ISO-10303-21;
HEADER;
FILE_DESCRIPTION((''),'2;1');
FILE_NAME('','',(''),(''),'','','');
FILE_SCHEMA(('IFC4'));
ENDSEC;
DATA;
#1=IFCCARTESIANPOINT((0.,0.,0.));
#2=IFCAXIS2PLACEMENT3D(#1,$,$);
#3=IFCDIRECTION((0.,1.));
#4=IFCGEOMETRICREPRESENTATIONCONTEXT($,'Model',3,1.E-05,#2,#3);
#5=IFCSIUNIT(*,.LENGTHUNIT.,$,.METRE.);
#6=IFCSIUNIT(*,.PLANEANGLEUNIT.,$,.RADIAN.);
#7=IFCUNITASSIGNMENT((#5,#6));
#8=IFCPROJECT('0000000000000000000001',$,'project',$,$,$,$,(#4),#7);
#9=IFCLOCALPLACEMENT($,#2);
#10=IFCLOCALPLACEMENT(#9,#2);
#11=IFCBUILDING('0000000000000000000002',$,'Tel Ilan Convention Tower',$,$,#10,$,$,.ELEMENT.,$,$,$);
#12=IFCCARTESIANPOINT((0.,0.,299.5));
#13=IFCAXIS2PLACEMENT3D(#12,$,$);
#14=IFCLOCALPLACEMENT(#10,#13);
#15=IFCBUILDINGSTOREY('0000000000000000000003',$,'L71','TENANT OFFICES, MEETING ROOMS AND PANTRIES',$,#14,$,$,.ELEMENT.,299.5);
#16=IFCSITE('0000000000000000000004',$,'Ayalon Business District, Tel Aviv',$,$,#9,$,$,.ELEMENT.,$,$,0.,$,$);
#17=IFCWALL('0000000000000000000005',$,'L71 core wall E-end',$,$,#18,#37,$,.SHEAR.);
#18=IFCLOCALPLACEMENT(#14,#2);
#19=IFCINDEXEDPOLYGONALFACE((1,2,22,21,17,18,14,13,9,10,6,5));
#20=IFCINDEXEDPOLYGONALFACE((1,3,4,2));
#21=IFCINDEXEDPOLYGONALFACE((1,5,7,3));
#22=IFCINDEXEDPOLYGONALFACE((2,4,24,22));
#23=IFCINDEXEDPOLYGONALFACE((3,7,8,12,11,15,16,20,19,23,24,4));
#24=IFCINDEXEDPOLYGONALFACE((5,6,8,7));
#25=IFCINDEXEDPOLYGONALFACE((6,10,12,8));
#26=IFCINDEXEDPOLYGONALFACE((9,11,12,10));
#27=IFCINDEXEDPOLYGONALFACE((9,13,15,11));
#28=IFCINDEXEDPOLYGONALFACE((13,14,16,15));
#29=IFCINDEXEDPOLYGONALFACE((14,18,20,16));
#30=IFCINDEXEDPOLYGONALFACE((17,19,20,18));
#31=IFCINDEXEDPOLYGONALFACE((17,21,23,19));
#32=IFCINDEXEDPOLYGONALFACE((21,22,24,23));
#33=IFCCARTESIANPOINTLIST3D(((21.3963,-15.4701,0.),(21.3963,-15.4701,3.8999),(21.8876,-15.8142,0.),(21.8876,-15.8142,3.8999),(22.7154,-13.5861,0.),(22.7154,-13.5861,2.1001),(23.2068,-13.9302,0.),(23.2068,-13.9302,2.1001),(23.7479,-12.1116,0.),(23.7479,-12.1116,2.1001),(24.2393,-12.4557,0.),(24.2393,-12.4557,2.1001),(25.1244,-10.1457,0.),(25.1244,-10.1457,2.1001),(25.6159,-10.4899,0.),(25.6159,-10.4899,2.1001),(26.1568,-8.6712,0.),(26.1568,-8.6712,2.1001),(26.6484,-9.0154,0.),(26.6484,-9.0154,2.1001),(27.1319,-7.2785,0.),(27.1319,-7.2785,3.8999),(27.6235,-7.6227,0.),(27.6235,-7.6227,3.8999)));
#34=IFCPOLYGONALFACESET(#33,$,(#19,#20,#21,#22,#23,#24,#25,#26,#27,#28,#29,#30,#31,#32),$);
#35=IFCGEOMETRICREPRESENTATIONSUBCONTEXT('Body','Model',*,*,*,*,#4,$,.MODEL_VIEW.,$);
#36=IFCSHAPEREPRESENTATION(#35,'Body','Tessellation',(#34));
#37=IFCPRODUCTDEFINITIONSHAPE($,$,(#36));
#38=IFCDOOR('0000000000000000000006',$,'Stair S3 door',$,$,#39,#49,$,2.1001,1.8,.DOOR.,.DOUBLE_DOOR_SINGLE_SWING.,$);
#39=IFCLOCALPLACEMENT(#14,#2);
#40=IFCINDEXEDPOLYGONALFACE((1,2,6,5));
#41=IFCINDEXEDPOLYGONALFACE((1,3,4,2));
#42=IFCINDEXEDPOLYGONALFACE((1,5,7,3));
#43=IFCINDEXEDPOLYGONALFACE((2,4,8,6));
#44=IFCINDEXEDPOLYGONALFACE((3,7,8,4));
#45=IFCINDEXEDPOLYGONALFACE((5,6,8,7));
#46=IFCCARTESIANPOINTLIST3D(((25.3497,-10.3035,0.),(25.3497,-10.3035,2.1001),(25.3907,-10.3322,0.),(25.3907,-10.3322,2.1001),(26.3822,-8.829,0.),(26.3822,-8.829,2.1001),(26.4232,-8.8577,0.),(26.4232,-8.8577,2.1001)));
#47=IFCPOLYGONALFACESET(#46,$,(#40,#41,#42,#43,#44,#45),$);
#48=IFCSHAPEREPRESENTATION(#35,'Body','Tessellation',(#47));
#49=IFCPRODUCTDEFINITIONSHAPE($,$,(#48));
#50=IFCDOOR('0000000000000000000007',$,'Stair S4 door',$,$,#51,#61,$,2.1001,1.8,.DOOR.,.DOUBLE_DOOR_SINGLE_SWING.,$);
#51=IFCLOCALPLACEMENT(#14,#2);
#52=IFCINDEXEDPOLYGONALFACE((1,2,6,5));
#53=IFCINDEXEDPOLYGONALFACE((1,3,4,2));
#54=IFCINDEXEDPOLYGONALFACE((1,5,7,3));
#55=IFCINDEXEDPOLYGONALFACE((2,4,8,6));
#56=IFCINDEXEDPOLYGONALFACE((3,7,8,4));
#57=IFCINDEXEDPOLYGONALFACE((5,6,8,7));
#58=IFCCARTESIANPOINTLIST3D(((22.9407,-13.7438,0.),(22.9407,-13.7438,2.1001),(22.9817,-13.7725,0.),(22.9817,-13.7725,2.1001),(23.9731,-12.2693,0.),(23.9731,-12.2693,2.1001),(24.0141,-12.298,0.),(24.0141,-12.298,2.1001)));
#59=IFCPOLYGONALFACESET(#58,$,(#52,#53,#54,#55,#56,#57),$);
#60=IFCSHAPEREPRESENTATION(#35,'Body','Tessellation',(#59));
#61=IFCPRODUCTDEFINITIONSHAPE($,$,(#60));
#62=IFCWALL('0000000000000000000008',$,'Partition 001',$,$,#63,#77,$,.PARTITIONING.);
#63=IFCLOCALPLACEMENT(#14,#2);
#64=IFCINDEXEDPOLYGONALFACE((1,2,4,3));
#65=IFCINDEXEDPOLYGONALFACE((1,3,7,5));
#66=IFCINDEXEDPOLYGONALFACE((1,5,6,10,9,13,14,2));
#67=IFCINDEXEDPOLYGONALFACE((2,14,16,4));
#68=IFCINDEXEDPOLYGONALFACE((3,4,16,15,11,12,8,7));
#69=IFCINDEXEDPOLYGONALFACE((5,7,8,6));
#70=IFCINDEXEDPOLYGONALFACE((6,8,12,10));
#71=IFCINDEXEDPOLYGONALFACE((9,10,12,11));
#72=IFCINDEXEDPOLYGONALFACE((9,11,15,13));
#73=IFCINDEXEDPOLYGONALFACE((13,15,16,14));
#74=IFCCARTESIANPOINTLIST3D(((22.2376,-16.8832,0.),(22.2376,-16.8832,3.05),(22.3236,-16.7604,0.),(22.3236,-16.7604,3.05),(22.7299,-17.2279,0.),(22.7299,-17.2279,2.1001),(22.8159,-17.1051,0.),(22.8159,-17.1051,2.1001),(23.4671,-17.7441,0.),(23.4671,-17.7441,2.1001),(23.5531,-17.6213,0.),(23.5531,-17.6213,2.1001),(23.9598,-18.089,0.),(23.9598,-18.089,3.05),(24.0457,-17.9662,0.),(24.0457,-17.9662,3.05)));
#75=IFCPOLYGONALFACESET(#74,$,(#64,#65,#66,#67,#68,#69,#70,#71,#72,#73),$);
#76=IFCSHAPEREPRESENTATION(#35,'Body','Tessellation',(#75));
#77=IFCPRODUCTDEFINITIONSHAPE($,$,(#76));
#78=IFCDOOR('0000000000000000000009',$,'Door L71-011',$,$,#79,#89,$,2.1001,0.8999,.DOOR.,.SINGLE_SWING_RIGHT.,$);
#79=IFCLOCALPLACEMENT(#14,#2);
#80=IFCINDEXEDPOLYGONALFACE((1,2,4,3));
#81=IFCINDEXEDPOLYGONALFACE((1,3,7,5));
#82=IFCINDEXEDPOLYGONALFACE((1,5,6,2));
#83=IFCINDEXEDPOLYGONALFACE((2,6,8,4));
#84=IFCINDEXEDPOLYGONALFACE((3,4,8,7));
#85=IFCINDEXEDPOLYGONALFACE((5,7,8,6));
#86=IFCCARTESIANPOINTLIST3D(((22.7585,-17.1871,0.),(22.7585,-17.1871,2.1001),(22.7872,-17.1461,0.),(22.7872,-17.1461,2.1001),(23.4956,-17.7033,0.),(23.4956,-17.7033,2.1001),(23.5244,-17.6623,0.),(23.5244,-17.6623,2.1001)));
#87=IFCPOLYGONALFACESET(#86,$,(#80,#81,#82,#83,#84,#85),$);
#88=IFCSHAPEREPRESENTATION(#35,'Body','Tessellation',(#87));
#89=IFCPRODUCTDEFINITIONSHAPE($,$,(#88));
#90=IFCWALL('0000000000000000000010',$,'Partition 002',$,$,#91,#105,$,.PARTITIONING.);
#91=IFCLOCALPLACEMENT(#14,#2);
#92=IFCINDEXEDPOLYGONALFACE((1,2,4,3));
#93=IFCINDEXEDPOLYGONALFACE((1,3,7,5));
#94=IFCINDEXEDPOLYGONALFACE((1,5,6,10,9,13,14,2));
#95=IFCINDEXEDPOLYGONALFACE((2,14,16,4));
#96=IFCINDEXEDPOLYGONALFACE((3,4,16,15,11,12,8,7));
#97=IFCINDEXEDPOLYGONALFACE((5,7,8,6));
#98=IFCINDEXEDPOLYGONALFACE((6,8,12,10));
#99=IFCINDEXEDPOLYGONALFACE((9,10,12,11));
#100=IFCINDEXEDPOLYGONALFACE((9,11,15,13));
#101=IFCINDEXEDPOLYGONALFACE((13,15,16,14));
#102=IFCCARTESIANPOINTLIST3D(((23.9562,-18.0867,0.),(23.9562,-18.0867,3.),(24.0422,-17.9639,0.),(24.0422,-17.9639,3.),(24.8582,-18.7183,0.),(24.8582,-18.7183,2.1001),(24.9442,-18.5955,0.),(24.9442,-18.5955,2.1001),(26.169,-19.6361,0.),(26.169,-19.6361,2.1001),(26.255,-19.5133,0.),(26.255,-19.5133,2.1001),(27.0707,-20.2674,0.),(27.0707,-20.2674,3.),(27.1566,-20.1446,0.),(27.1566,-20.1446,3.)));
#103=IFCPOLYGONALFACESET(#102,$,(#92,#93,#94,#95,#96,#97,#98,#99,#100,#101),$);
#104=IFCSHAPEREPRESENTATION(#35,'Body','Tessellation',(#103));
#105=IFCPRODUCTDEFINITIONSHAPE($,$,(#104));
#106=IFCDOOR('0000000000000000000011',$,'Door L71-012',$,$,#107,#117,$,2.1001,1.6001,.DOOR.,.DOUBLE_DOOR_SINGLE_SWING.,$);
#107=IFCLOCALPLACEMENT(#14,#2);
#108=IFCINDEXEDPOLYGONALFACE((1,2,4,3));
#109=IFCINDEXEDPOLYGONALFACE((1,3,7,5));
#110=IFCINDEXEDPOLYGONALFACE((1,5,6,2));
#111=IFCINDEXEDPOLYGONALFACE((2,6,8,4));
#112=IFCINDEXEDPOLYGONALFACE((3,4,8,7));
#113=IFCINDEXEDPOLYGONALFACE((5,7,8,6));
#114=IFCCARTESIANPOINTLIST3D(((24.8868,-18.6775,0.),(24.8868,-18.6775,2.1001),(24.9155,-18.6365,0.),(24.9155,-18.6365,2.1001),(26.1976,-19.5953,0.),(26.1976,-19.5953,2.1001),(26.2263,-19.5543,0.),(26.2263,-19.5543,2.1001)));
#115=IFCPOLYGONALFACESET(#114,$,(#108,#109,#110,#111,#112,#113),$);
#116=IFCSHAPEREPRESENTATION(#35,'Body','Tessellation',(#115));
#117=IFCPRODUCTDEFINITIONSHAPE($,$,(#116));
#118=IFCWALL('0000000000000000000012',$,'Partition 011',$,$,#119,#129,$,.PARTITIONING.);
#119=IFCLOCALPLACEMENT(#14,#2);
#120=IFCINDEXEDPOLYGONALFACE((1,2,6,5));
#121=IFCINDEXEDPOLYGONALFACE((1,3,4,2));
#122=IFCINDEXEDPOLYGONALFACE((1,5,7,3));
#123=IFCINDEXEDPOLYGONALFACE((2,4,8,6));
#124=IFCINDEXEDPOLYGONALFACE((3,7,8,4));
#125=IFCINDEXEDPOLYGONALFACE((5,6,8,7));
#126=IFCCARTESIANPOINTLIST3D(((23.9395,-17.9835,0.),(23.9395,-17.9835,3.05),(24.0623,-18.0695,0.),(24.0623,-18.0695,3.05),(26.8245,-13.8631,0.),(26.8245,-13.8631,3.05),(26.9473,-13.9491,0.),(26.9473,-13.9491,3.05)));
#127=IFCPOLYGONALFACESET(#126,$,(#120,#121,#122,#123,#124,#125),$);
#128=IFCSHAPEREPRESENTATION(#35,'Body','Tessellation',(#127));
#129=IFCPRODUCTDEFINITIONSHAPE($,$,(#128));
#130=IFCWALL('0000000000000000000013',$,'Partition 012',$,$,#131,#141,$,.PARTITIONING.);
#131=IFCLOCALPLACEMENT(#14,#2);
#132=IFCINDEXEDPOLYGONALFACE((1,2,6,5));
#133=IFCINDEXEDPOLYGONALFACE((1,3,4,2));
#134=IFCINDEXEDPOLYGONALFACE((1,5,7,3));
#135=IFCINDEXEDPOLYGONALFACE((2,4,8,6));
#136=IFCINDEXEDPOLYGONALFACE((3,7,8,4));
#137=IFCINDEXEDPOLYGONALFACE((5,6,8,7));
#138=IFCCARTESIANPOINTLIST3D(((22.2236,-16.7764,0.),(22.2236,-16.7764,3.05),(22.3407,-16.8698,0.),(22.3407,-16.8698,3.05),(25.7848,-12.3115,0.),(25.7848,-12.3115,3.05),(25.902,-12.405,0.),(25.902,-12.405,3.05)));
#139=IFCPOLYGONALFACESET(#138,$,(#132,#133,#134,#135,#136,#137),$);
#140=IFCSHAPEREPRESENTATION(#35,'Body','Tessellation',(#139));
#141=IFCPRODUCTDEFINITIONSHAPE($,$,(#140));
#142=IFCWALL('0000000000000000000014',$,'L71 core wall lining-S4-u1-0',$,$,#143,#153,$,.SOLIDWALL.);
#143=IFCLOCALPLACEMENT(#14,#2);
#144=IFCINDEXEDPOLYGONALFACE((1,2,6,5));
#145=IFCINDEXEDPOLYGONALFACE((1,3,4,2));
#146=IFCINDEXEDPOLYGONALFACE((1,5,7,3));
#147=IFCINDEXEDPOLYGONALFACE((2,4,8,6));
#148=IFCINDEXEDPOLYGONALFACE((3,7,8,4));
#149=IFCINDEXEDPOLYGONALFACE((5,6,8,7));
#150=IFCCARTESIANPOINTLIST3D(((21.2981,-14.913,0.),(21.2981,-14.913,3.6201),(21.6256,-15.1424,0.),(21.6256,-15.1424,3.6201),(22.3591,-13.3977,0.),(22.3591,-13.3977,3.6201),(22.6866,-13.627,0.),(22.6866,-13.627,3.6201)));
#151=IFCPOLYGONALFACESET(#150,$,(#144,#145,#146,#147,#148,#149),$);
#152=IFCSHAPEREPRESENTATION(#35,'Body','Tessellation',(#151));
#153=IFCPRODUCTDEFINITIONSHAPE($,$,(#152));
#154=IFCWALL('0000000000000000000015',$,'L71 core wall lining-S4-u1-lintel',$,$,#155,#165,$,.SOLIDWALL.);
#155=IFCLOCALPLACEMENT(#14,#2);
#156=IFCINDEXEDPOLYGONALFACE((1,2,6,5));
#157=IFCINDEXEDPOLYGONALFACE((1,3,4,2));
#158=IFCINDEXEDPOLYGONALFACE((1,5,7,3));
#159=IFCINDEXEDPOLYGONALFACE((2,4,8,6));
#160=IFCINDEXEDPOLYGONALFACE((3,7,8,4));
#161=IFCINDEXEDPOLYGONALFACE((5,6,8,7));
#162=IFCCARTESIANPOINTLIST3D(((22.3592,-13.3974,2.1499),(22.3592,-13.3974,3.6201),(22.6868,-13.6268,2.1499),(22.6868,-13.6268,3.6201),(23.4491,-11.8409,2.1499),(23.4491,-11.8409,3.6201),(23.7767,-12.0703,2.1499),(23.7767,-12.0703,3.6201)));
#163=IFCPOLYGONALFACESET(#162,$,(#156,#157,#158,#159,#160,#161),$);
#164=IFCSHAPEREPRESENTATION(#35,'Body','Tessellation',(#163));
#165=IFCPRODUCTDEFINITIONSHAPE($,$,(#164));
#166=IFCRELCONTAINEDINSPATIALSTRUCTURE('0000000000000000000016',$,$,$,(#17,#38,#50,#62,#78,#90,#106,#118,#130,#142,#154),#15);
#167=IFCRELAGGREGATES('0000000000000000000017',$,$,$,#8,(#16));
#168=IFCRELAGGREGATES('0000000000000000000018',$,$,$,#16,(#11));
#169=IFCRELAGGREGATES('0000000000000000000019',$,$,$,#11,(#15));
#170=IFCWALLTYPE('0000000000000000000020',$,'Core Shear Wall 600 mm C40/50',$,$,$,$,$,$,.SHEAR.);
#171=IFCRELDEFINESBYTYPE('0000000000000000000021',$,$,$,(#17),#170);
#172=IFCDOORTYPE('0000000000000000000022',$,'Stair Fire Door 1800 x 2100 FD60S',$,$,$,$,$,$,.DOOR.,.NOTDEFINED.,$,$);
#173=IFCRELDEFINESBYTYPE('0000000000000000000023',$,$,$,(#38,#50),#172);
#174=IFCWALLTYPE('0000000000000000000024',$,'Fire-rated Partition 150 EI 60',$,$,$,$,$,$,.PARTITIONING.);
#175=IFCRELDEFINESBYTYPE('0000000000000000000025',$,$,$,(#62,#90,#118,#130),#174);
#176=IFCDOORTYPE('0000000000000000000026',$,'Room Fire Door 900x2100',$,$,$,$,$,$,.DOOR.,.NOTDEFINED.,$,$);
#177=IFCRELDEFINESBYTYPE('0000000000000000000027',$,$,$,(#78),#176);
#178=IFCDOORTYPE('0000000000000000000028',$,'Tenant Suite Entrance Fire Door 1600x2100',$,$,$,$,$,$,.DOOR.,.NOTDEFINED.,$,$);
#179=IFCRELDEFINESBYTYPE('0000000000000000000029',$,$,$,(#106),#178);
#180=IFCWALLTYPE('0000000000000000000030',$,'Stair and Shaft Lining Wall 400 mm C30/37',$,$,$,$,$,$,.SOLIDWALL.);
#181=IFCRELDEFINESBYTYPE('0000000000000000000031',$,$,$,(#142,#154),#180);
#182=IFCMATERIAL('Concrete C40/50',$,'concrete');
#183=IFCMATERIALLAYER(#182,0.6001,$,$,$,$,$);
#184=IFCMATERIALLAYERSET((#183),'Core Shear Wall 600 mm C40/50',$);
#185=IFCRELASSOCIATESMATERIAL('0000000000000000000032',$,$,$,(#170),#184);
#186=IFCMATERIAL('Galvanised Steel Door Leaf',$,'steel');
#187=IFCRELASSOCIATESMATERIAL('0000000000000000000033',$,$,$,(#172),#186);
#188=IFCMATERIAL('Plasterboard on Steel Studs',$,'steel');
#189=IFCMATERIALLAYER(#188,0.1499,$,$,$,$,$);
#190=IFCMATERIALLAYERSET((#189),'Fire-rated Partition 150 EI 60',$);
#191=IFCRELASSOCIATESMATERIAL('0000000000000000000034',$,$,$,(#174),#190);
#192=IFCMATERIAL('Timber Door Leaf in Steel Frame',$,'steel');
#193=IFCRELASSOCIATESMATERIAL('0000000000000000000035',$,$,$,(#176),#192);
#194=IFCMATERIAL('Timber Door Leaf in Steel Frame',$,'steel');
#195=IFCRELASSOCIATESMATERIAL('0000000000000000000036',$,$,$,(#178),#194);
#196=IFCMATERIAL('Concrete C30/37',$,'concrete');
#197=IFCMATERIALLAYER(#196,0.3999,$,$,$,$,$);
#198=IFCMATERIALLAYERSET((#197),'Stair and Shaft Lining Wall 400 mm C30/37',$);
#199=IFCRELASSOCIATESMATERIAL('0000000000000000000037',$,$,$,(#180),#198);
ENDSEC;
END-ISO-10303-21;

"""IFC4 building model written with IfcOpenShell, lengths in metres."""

from ifc_helpers import new_model, si_unit, direction, frame, frame_2d, origin, place, context, subcontext, project, spatial, polyline, rectangle, outline, extrude, material, layer, layer_set, type_object, element, fill, save


model = new_model("IFC4")

# Units and contexts
model_context = context("Model", 3, precision=1e-05, world=origin(), true_north=direction((0.0, 1.0)))
body_context = subcontext(model_context, "Body", "Model", "MODEL_VIEW")
ifc_project = project(units=[si_unit("LENGTHUNIT", "METRE"), si_unit("PLANEANGLEUNIT", "RADIAN")], contexts=[model_context])

# Site, building, storey
site_placement = place(None, origin())
site = spatial("IfcSite", under=ifc_project, at=site_placement, Name="Ayalon Business District, Tel Aviv", CompositionType="ELEMENT", RefElevation=0.0)
building_placement = place(site_placement, origin())
building = spatial("IfcBuilding", under=site, at=building_placement, Name="Tel Ilan Convention Tower", CompositionType="ELEMENT")
storey_placement = place(building_placement, frame((0.0, 0.0, 299.5)))
storey = spatial("IfcBuildingStorey", under=building, at=storey_placement, Name="L71", Description="TENANT OFFICES, MEETING ROOMS AND PANTRIES", CompositionType="ELEMENT", Elevation=299.5)

# Wall, openings, doors
ifc_material_1 = material(Name="Concrete C40/50", Category="concrete")
ifc_layer_1 = layer(ifc_material_1, 0.6001)
ifc_layer_set_1 = layer_set([ifc_layer_1], Name="Core Shear Wall 600 mm C40/50")
wall_type_1 = type_object("IfcWallType", Name="Core Shear Wall 600 mm C40/50", PredefinedType="SHEAR", material=ifc_layer_set_1)
wall_1_placement = place(storey_placement, frame((21.6418, -15.6421, 0.0), z_axis=(0.0, 0.0, 1.0), x_axis=(0.573587, 0.819145, 0.0)))
wall_1 = element("IfcWall", 1, at=wall_1_placement, inside=storey, type_object=wall_type_1, Name="L71 core wall E-end", PredefinedType="SHEAR", context=body_context, shape_type="SweptSolid", body=[
    extrude(outline(polyline([(10.0, 0.3), (0.0, 0.2998), (0.0, -0.3), (10.0, -0.3), (10.0, 0.3)])), origin(), (0.0, 0.0, 1.0), 3.8999),
])
opening_1_placement = place(wall_1_placement, frame((6.5, 0.0, 0.0)))
opening_1 = element("IfcOpeningElement", 2, at=opening_1_placement, cuts=wall_1, PredefinedType="OPENING", context=body_context, shape_type="SweptSolid", body=[
    extrude(rectangle(XDim=1.8, YDim=2.1001, at=frame_2d((0.8999, 1.05))), frame((0.0, 0.3101, 0.0), z_axis=(0.0, -1.0, 0.0), x_axis=(1.0, 0.0, 0.0)), (0.0, 0.0, 1.0), 0.6201),
])
opening_2_placement = place(wall_1_placement, frame((2.3, 0.0, 0.0)))
opening_2 = element("IfcOpeningElement", 3, at=opening_2_placement, cuts=wall_1, PredefinedType="OPENING", context=body_context, shape_type="SweptSolid", body=[
    extrude(rectangle(XDim=1.8, YDim=2.1001, at=frame_2d((0.8999, 1.05))), frame((0.0, 0.3101, 0.0), z_axis=(0.0, -1.0, 0.0), x_axis=(1.0, 0.0, 0.0)), (0.0, 0.0, 1.0), 0.6201),
])
ifc_material_2 = material(Name="Galvanised Steel Door Leaf", Category="steel")
door_type_1 = type_object("IfcDoorType", Name="Stair Fire Door 1800 x 2100 FD60S", OperationType="NOTDEFINED", PredefinedType="DOOR", material=ifc_material_2)
door_1_placement = place(opening_1_placement, origin())
door_1 = element("IfcDoor", 4, at=door_1_placement, inside=storey, type_object=door_type_1, Name="Stair S3 door", OperationType="DOUBLE_DOOR_SINGLE_SWING", OverallHeight=2.1001, OverallWidth=1.8, PredefinedType="DOOR", context=body_context, shape_type="SweptSolid", body=[
    extrude(rectangle(XDim=1.8, YDim=2.1001, at=frame_2d((0.8999, 1.05))), frame((0.0, 0.0249, 0.0), z_axis=(0.0, -1.0, 0.0), x_axis=(1.0, 0.0, 0.0)), (0.0, 0.0, 1.0), 0.05),
])
fill(opening_1, door_1)
door_2_placement = place(opening_2_placement, origin())
door_2 = element("IfcDoor", 5, at=door_2_placement, inside=storey, type_object=door_type_1, Name="Stair S4 door", OperationType="DOUBLE_DOOR_SINGLE_SWING", OverallHeight=2.1001, OverallWidth=1.8, PredefinedType="DOOR", context=body_context, shape_type="SweptSolid", body=[
    extrude(rectangle(XDim=1.8, YDim=2.1001, at=frame_2d((0.8999, 1.05))), frame((0.0, 0.0249, 0.0), z_axis=(0.0, -1.0, 0.0), x_axis=(1.0, 0.0, 0.0)), (0.0, 0.0, 1.0), 0.05),
])
fill(opening_2, door_2)

# Walls, openings, doors
ifc_material_3 = material(Name="Plasterboard on Steel Studs", Category="steel")
ifc_layer_2 = layer(ifc_material_3, 0.1499)
ifc_layer_set_2 = layer_set([ifc_layer_2], Name="Fire-rated Partition 150 EI 60")
wall_type_2 = type_object("IfcWallType", Name="Fire-rated Partition 150 EI 60", PredefinedType="PARTITIONING", material=ifc_layer_set_2)
wall_2_placement = place(storey_placement, frame((22.2805, -16.8218, 0.0), z_axis=(0.0, 0.0, 1.0), x_axis=(0.819166, -0.573556, 0.0)))
wall_2 = element("IfcWall", 6, at=wall_2_placement, inside=storey, type_object=wall_type_2, Name="Partition 001", PredefinedType="PARTITIONING", context=body_context, shape_type="SweptSolid", body=[
    extrude(rectangle(XDim=2.1023, YDim=0.1499, at=frame_2d((1.0513, 0.0))), origin(), (0.0, 0.0, 1.0), 3.05),
])
opening_3_placement = place(wall_2_placement, frame((0.6011, 0.0, 0.0)))
opening_3 = element("IfcOpeningElement", 7, at=opening_3_placement, cuts=wall_2, PredefinedType="OPENING", context=body_context, shape_type="SweptSolid", body=[
    extrude(rectangle(XDim=0.8999, YDim=2.1001, at=frame_2d((0.45, 1.05))), frame((0.0, 0.085, 0.0), z_axis=(0.0, -1.0, 0.0), x_axis=(1.0, 0.0, 0.0)), (0.0, 0.0, 1.0), 0.1699),
])
ifc_material_4 = material(Name="Timber Door Leaf in Steel Frame", Category="steel")
door_type_2 = type_object("IfcDoorType", Name="Room Fire Door 900x2100", OperationType="NOTDEFINED", PredefinedType="DOOR", material=ifc_material_4)
door_3_placement = place(opening_3_placement, origin())
door_3 = element("IfcDoor", 8, at=door_3_placement, inside=storey, type_object=door_type_2, Name="Door L71-011", OperationType="SINGLE_SWING_RIGHT", OverallHeight=2.1001, OverallWidth=0.8999, PredefinedType="DOOR", context=body_context, shape_type="SweptSolid", body=[
    extrude(rectangle(XDim=0.8999, YDim=2.1001, at=frame_2d((0.45, 1.05))), frame((0.0, 0.0249, 0.0), z_axis=(0.0, -1.0, 0.0), x_axis=(1.0, 0.0, 0.0)), (0.0, 0.0, 1.0), 0.05),
])
fill(opening_3, door_3)
wall_3_placement = place(storey_placement, frame((23.9993, -18.0254, 0.0), z_axis=(0.0, 0.0, 1.0), x_axis=(0.819169, -0.573553, 0.0)))
wall_3 = element("IfcWall", 9, at=wall_3_placement, inside=storey, type_object=wall_type_2, Name="Partition 002", PredefinedType="PARTITIONING", context=body_context, shape_type="SweptSolid", body=[
    extrude(rectangle(XDim=3.802, YDim=0.1499, at=frame_2d((1.9009, 0.0))), origin(), (0.0, 0.0, 1.0), 3.0),
])
opening_4_placement = place(wall_3_placement, frame((1.1011, 0.0, 0.0)))
opening_4 = element("IfcOpeningElement", 10, at=opening_4_placement, cuts=wall_3, PredefinedType="OPENING", context=body_context, shape_type="SweptSolid", body=[
    extrude(rectangle(XDim=1.6001, YDim=2.1001, at=frame_2d((0.8, 1.05))), frame((0.0, 0.085, 0.0), z_axis=(0.0, -1.0, 0.0), x_axis=(1.0, 0.0, 0.0)), (0.0, 0.0, 1.0), 0.1699),
])
ifc_material_5 = material(Name="Timber Door Leaf in Steel Frame", Category="steel")
door_type_3 = type_object("IfcDoorType", Name="Tenant Suite Entrance Fire Door 1600x2100", OperationType="NOTDEFINED", PredefinedType="DOOR", material=ifc_material_5)
door_4_placement = place(opening_4_placement, origin())
door_4 = element("IfcDoor", 11, at=door_4_placement, inside=storey, type_object=door_type_3, Name="Door L71-012", OperationType="DOUBLE_DOOR_SINGLE_SWING", OverallHeight=2.1001, OverallWidth=1.6001, PredefinedType="DOOR", context=body_context, shape_type="SweptSolid", body=[
    extrude(rectangle(XDim=1.6001, YDim=2.1001, at=frame_2d((0.8, 1.05))), frame((0.0, 0.0249, 0.0), z_axis=(0.0, -1.0, 0.0), x_axis=(1.0, 0.0, 0.0)), (0.0, 0.0, 1.0), 0.05),
])
fill(opening_4, door_4)

# Walls
wall_4_placement = place(storey_placement, frame((26.886, -13.906, 0.0), z_axis=(0.0, 0.0, 1.0), x_axis=(-0.573563, -0.819161, 0.0)))
element("IfcWall", 12, at=wall_4_placement, inside=storey, type_object=wall_type_2, Name="Partition 011", PredefinedType="PARTITIONING", context=body_context, shape_type="SweptSolid", body=[
    extrude(rectangle(XDim=5.03, YDim=0.1499, at=frame_2d((2.5151, 0.0))), origin(), (0.0, 0.0, 1.0), 3.05),
])
wall_5_placement = place(storey_placement, frame((22.2822, -16.823, 0.0), z_axis=(0.0, 0.0, 1.0), x_axis=(0.623563, 0.781773, 0.0)))
element("IfcWall", 13, at=wall_5_placement, inside=storey, type_object=wall_type_2, Name="Partition 012", PredefinedType="PARTITIONING", context=body_context, shape_type="SweptSolid", body=[
    extrude(rectangle(XDim=5.7112, YDim=0.1499, at=frame_2d((2.8555, 0.0))), origin(), (0.0, 0.0, 1.0), 3.05),
])
ifc_material_6 = material(Name="Concrete C30/37", Category="concrete")
ifc_layer_3 = layer(ifc_material_6, 0.3999)
ifc_layer_set_3 = layer_set([ifc_layer_3], Name="Stair and Shaft Lining Wall 400 mm C30/37")
wall_type_3 = type_object("IfcWallType", Name="Stair and Shaft Lining Wall 400 mm C30/37", PredefinedType="SOLIDWALL", material=ifc_layer_set_3)
wall_6_placement = place(storey_placement, frame((21.4619, -15.0276, 0.0), z_axis=(0.0, 0.0, 1.0), x_axis=(0.57356, 0.819164, 0.0)))
element("IfcWall", 14, at=wall_6_placement, inside=storey, type_object=wall_type_3, Name="L71 core wall lining-S4-u1-0", PredefinedType="SOLIDWALL", context=body_context, shape_type="SweptSolid", body=[
    extrude(rectangle(XDim=1.8499, YDim=0.3999, at=frame_2d((0.9248, 0.0))), origin(), (0.0, 0.0, 1.0), 3.6201),
])
wall_7_placement = place(storey_placement, frame((22.5229, -13.5122, 2.1499), z_axis=(0.0, 0.0, 1.0), x_axis=(0.573592, 0.819141, 0.0)))
element("IfcWall", 15, at=wall_7_placement, inside=storey, type_object=wall_type_3, Name="L71 core wall lining-S4-u1-lintel", PredefinedType="SOLIDWALL", context=body_context, shape_type="SweptSolid", body=[
    extrude(rectangle(XDim=1.9001, YDim=0.3999, at=frame_2d((0.9502, 0.0))), origin(), (0.0, 0.0, 1.0), 1.4702),
])

save(model, "model.ifc")
